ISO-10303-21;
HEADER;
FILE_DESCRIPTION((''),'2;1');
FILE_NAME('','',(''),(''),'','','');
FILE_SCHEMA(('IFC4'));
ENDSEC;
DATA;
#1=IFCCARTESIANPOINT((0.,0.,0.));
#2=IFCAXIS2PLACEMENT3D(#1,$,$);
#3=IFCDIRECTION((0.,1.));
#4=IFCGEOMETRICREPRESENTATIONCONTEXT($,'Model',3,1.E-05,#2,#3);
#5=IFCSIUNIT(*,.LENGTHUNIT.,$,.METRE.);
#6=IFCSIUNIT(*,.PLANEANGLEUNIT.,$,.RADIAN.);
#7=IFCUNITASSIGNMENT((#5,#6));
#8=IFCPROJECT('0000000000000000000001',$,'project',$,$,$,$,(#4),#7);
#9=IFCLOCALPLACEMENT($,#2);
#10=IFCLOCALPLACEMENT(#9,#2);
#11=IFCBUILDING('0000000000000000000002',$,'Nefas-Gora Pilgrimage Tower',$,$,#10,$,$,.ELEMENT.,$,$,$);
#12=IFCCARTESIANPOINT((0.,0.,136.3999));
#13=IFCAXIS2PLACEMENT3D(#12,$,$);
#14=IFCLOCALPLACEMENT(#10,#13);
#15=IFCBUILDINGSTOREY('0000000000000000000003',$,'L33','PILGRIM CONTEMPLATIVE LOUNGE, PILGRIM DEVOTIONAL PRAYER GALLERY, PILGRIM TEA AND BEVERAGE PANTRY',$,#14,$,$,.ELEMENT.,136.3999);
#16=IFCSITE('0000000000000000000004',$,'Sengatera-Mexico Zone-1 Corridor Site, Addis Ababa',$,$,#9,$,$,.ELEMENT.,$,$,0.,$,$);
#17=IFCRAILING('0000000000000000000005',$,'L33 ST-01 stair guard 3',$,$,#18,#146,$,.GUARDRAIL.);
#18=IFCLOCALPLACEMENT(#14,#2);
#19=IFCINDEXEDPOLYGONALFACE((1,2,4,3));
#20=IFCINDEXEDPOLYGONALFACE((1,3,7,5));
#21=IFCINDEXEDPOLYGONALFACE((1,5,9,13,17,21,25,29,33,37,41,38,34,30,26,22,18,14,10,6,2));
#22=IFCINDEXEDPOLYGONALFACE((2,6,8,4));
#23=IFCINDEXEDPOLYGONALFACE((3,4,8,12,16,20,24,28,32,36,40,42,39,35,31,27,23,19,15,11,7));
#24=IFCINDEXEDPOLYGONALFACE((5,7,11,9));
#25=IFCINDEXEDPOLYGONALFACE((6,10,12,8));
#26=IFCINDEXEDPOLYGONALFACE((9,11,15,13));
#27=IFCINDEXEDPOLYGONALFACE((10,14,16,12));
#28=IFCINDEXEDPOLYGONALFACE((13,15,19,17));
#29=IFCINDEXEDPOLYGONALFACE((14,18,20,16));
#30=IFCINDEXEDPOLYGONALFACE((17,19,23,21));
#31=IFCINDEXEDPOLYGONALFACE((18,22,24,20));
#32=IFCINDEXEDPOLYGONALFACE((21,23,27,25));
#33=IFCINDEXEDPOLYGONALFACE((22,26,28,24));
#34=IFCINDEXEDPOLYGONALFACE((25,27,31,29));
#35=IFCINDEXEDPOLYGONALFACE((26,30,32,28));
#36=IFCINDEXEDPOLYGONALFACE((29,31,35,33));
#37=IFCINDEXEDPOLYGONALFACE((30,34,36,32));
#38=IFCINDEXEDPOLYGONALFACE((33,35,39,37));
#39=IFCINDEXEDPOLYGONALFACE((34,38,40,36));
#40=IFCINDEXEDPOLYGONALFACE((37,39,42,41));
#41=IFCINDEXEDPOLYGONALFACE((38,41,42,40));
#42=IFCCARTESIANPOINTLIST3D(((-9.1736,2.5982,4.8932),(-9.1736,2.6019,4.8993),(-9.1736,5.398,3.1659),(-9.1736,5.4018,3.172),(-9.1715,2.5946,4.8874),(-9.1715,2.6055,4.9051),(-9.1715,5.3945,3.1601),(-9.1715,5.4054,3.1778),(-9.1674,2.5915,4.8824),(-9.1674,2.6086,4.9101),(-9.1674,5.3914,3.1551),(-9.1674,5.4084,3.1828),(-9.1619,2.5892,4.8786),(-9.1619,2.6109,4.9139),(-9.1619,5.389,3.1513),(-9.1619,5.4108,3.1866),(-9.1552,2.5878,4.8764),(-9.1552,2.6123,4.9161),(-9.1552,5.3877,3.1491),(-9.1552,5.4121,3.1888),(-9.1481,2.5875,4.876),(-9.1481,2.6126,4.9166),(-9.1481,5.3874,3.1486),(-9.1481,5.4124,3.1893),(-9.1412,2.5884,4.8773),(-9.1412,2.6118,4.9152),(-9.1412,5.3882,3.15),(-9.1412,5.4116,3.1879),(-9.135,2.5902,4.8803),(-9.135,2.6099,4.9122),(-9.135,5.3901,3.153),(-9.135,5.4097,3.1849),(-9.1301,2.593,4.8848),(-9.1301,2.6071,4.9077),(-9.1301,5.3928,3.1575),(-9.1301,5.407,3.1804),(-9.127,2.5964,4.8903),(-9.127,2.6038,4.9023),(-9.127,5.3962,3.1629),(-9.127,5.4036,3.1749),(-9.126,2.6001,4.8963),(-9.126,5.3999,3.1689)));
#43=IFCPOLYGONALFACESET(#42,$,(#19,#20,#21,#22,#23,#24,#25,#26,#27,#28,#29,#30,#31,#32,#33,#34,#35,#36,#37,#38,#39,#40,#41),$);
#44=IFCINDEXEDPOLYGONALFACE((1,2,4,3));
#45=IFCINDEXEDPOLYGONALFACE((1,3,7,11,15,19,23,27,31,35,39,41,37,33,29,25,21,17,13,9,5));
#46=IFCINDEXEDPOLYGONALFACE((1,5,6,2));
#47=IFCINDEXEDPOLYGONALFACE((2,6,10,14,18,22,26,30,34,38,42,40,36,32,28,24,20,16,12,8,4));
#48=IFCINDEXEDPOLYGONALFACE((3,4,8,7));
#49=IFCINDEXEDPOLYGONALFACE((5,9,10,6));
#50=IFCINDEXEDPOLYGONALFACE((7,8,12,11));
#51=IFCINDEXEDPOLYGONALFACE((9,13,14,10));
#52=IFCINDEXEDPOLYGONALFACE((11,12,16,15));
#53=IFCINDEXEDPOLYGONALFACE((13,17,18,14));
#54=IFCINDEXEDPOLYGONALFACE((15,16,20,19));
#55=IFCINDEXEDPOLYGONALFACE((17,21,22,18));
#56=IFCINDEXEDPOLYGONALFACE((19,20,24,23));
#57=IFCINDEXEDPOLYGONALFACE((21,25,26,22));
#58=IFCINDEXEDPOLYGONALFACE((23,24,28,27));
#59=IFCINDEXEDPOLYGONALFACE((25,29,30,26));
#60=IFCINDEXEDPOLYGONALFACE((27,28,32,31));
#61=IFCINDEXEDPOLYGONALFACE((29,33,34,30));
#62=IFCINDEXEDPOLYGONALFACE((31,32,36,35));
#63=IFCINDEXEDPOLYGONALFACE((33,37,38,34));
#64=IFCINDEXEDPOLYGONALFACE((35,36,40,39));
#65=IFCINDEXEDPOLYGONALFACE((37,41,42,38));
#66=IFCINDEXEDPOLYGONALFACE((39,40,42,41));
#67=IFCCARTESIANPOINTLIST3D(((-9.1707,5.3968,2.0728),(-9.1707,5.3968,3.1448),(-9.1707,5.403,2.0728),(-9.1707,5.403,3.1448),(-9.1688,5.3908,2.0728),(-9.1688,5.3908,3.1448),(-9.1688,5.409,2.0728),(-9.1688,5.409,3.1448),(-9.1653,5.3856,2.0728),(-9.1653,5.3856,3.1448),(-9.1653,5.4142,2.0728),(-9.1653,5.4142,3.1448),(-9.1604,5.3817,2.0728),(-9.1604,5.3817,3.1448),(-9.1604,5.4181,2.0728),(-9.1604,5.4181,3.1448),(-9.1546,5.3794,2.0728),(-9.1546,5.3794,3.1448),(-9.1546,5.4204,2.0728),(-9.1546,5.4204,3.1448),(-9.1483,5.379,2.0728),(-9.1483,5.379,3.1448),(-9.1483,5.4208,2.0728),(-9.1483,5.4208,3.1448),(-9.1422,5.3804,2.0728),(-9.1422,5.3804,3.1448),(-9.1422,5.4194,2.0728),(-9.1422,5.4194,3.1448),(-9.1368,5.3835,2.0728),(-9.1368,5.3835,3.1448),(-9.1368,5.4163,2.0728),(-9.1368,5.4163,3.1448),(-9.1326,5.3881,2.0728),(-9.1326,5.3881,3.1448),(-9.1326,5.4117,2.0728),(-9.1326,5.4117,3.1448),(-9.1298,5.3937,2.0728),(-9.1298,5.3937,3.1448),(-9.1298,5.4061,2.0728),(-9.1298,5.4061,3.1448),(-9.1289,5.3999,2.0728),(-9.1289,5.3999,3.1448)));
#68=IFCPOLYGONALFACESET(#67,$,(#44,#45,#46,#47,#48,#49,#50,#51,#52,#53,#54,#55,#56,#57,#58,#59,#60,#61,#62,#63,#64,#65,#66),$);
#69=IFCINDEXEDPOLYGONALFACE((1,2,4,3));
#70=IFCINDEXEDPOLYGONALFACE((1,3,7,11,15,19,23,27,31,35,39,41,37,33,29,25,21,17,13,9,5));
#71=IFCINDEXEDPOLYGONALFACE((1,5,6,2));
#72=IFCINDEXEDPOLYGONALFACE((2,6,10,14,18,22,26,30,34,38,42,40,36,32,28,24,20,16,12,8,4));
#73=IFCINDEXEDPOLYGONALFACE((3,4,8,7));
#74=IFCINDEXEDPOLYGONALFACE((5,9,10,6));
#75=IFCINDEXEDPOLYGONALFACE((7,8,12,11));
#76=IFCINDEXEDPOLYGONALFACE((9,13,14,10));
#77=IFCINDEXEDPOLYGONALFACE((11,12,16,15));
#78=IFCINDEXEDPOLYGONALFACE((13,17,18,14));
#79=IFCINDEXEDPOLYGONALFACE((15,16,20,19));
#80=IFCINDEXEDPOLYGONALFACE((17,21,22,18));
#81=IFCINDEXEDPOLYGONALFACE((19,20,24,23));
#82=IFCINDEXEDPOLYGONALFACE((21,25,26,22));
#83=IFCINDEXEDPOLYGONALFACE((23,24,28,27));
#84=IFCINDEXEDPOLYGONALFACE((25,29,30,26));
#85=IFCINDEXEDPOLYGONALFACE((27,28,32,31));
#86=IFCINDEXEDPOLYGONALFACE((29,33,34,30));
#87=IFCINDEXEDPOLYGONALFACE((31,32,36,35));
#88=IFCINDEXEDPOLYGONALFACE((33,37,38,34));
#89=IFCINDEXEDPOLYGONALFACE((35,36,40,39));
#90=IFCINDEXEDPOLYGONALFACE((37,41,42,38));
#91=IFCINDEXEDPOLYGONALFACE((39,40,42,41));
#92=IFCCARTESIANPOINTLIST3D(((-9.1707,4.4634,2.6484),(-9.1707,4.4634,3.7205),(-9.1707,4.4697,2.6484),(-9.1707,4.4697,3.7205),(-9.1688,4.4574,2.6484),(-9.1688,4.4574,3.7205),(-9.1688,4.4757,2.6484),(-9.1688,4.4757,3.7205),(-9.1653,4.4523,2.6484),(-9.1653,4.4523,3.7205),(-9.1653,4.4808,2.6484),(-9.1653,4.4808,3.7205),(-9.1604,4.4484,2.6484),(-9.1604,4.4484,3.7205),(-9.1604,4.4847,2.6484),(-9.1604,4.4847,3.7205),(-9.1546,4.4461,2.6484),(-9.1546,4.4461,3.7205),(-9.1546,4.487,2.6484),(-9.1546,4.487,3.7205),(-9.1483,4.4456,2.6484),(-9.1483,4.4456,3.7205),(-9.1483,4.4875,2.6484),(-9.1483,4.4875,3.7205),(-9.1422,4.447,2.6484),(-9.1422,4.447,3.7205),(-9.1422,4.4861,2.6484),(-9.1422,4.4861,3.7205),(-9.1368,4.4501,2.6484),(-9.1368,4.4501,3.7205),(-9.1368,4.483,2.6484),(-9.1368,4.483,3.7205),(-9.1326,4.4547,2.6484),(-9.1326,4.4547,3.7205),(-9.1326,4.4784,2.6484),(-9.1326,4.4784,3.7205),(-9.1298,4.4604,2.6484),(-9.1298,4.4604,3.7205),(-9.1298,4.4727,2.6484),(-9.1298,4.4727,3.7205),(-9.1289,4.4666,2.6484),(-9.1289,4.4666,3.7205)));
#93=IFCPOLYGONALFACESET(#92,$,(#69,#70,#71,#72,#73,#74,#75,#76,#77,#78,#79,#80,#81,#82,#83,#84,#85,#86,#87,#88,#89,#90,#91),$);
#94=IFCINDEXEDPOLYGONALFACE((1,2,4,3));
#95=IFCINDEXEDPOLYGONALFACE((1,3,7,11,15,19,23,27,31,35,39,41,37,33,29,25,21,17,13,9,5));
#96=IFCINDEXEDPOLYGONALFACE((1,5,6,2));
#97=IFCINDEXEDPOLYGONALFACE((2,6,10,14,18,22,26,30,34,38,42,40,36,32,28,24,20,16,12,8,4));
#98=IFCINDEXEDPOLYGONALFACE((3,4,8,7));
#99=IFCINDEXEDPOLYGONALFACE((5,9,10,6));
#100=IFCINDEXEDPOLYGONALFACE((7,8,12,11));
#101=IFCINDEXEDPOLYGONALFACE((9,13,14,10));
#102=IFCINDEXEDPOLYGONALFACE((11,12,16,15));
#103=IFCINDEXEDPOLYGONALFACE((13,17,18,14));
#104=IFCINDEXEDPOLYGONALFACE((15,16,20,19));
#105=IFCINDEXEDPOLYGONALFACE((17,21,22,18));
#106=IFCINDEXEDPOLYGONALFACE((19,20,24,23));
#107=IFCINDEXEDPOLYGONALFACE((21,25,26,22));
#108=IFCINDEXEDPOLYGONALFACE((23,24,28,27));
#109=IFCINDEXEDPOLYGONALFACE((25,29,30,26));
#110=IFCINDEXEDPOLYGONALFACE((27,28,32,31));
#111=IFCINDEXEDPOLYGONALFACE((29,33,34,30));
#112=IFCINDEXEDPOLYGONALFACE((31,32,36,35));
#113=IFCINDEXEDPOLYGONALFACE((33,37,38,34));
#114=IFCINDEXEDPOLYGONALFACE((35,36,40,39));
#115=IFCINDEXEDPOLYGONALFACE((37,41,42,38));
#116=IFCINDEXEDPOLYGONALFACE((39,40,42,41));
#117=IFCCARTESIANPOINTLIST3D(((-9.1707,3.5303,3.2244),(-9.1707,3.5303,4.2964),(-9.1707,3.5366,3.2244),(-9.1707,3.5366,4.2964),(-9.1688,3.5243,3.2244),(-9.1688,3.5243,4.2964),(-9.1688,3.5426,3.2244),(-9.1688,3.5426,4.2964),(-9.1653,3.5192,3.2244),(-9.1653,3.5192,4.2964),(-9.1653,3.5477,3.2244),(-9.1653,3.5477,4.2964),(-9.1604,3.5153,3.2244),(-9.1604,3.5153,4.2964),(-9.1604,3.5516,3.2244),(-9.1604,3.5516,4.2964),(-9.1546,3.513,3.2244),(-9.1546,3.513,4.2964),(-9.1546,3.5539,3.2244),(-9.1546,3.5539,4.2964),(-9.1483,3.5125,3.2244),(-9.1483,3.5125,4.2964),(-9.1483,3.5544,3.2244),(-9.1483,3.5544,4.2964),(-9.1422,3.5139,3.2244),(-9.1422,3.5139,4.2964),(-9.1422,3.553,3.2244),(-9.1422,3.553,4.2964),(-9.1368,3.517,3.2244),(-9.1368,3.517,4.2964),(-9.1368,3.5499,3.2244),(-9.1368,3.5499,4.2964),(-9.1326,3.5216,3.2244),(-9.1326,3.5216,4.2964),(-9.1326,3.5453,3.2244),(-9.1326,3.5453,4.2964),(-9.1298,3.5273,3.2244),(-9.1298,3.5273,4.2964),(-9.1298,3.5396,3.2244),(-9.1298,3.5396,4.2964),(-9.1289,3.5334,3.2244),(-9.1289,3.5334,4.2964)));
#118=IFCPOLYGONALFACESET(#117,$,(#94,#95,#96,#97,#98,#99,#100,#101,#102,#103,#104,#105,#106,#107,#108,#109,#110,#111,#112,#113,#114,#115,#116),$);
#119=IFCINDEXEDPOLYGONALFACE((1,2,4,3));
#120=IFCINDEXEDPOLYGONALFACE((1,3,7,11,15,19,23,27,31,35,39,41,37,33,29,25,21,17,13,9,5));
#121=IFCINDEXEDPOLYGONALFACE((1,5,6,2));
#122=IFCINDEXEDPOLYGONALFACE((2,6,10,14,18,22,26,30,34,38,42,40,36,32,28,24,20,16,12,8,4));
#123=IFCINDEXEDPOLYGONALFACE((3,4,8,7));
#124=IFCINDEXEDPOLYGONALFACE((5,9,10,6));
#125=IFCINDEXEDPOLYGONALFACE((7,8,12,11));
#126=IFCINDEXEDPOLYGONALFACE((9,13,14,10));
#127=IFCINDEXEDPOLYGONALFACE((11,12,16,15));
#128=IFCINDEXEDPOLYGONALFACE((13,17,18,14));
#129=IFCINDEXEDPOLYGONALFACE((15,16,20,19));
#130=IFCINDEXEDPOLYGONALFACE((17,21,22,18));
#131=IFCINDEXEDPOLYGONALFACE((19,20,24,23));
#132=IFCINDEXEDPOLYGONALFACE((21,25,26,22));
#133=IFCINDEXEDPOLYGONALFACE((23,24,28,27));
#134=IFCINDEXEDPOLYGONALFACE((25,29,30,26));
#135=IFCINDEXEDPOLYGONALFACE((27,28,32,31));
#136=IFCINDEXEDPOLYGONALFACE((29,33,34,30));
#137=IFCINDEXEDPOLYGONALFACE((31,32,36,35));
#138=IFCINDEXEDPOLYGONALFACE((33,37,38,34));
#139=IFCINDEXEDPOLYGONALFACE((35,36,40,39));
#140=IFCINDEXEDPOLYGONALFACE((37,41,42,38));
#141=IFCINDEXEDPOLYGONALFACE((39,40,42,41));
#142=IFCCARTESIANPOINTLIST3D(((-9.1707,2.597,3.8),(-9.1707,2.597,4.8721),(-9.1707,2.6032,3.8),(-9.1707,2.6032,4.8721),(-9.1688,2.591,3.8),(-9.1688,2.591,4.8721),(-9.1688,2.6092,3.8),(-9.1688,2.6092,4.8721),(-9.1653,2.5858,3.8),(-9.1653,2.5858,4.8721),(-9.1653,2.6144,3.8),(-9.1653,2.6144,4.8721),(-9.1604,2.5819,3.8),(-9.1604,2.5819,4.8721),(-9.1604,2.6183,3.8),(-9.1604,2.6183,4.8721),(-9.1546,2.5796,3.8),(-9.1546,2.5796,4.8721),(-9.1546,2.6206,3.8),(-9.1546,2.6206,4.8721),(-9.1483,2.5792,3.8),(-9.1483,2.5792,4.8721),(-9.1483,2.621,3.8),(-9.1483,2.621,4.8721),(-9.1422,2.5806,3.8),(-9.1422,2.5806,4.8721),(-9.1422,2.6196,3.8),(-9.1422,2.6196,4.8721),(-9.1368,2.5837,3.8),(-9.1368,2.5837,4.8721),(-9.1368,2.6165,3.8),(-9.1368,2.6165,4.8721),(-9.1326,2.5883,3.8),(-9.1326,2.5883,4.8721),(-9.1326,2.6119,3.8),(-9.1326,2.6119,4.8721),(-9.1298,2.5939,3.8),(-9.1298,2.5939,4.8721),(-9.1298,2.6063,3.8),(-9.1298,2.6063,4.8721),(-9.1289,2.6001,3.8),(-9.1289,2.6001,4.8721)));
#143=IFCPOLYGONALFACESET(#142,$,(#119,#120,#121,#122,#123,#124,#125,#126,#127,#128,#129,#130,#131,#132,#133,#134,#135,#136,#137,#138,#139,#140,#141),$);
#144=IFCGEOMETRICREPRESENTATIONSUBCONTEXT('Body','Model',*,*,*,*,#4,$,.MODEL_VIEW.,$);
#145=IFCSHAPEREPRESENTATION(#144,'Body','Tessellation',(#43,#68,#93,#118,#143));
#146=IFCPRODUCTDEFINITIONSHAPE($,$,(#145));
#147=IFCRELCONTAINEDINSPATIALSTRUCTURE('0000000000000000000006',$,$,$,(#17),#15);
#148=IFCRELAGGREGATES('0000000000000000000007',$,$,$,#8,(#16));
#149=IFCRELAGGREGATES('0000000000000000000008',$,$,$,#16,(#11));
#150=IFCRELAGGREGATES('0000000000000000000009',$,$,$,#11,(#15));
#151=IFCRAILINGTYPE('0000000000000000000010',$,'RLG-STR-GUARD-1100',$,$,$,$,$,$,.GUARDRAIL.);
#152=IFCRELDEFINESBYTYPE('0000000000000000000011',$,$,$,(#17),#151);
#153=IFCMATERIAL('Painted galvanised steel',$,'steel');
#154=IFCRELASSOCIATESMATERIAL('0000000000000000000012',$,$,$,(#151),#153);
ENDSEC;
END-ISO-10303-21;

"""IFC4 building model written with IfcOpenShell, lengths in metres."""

from ifc_helpers import new_model, si_unit, direction, frame, origin, origin_2d, place, context, subcontext, project, spatial, circle, extrude, material, type_object, element, save


model = new_model("IFC4")

# Units and contexts
model_context = context("Model", 3, precision=1e-05, world=origin(), true_north=direction((0.0, 1.0)))
body_context = subcontext(model_context, "Body", "Model", "MODEL_VIEW")
ifc_project = project(units=[si_unit("LENGTHUNIT", "METRE"), si_unit("PLANEANGLEUNIT", "RADIAN")], contexts=[model_context])

# Site, building, storey
site_placement = place(None, origin())
site = spatial("IfcSite", under=ifc_project, at=site_placement, Name="Sengatera-Mexico Zone-1 Corridor Site, Addis Ababa", CompositionType="ELEMENT", RefElevation=0.0)
building_placement = place(site_placement, origin())
building = spatial("IfcBuilding", under=site, at=building_placement, Name="Nefas-Gora Pilgrimage Tower", CompositionType="ELEMENT")
storey_placement = place(building_placement, frame((0.0, 0.0, 136.3999)))
storey = spatial("IfcBuildingStorey", under=building, at=storey_placement, Name="L33", Description="PILGRIM CONTEMPLATIVE LOUNGE, PILGRIM DEVOTIONAL PRAYER GALLERY, PILGRIM TEA AND BEVERAGE PANTRY", CompositionType="ELEMENT", Elevation=136.3999)

# Railing
ifc_material_1 = material(Name="Painted galvanised steel", Category="steel")
railing_type_1 = type_object("IfcRailingType", Name="RLG-STR-GUARD-1100", PredefinedType="GUARDRAIL", material=ifc_material_1)
railing_1_placement = place(storey_placement, frame((-9.1499, 5.3999, 2.0728)))
element("IfcRailing", 1, at=railing_1_placement, inside=storey, type_object=railing_type_1, Name="L33 ST-01 stair guard 3", PredefinedType="GUARDRAIL", context=body_context, shape_type="SweptSolid", body=[
    extrude(circle(Radius=0.0239, at=origin_2d()), frame((0.0, 0.0, 1.0962), z_axis=(0.0, -0.851069, 0.525054), x_axis=(1.0, 0.0, 0.0)), (0.0, 0.0, 1.0), 3.2898),
    extrude(circle(Radius=0.021, at=origin_2d()), origin(), (0.0, 0.0, 1.0), 1.072),
    extrude(circle(Radius=0.021, at=origin_2d()), frame((0.0, -0.9333, 0.5757)), (0.0, 0.0, 1.0), 1.072),
    extrude(circle(Radius=0.021, at=origin_2d()), frame((0.0, -1.8665, 1.1516)), (0.0, 0.0, 1.0), 1.072),
    extrude(circle(Radius=0.021, at=origin_2d()), frame((0.0, -2.7998, 1.7273)), (0.0, 0.0, 1.0), 1.072),
])

save(model, "model.ifc")
